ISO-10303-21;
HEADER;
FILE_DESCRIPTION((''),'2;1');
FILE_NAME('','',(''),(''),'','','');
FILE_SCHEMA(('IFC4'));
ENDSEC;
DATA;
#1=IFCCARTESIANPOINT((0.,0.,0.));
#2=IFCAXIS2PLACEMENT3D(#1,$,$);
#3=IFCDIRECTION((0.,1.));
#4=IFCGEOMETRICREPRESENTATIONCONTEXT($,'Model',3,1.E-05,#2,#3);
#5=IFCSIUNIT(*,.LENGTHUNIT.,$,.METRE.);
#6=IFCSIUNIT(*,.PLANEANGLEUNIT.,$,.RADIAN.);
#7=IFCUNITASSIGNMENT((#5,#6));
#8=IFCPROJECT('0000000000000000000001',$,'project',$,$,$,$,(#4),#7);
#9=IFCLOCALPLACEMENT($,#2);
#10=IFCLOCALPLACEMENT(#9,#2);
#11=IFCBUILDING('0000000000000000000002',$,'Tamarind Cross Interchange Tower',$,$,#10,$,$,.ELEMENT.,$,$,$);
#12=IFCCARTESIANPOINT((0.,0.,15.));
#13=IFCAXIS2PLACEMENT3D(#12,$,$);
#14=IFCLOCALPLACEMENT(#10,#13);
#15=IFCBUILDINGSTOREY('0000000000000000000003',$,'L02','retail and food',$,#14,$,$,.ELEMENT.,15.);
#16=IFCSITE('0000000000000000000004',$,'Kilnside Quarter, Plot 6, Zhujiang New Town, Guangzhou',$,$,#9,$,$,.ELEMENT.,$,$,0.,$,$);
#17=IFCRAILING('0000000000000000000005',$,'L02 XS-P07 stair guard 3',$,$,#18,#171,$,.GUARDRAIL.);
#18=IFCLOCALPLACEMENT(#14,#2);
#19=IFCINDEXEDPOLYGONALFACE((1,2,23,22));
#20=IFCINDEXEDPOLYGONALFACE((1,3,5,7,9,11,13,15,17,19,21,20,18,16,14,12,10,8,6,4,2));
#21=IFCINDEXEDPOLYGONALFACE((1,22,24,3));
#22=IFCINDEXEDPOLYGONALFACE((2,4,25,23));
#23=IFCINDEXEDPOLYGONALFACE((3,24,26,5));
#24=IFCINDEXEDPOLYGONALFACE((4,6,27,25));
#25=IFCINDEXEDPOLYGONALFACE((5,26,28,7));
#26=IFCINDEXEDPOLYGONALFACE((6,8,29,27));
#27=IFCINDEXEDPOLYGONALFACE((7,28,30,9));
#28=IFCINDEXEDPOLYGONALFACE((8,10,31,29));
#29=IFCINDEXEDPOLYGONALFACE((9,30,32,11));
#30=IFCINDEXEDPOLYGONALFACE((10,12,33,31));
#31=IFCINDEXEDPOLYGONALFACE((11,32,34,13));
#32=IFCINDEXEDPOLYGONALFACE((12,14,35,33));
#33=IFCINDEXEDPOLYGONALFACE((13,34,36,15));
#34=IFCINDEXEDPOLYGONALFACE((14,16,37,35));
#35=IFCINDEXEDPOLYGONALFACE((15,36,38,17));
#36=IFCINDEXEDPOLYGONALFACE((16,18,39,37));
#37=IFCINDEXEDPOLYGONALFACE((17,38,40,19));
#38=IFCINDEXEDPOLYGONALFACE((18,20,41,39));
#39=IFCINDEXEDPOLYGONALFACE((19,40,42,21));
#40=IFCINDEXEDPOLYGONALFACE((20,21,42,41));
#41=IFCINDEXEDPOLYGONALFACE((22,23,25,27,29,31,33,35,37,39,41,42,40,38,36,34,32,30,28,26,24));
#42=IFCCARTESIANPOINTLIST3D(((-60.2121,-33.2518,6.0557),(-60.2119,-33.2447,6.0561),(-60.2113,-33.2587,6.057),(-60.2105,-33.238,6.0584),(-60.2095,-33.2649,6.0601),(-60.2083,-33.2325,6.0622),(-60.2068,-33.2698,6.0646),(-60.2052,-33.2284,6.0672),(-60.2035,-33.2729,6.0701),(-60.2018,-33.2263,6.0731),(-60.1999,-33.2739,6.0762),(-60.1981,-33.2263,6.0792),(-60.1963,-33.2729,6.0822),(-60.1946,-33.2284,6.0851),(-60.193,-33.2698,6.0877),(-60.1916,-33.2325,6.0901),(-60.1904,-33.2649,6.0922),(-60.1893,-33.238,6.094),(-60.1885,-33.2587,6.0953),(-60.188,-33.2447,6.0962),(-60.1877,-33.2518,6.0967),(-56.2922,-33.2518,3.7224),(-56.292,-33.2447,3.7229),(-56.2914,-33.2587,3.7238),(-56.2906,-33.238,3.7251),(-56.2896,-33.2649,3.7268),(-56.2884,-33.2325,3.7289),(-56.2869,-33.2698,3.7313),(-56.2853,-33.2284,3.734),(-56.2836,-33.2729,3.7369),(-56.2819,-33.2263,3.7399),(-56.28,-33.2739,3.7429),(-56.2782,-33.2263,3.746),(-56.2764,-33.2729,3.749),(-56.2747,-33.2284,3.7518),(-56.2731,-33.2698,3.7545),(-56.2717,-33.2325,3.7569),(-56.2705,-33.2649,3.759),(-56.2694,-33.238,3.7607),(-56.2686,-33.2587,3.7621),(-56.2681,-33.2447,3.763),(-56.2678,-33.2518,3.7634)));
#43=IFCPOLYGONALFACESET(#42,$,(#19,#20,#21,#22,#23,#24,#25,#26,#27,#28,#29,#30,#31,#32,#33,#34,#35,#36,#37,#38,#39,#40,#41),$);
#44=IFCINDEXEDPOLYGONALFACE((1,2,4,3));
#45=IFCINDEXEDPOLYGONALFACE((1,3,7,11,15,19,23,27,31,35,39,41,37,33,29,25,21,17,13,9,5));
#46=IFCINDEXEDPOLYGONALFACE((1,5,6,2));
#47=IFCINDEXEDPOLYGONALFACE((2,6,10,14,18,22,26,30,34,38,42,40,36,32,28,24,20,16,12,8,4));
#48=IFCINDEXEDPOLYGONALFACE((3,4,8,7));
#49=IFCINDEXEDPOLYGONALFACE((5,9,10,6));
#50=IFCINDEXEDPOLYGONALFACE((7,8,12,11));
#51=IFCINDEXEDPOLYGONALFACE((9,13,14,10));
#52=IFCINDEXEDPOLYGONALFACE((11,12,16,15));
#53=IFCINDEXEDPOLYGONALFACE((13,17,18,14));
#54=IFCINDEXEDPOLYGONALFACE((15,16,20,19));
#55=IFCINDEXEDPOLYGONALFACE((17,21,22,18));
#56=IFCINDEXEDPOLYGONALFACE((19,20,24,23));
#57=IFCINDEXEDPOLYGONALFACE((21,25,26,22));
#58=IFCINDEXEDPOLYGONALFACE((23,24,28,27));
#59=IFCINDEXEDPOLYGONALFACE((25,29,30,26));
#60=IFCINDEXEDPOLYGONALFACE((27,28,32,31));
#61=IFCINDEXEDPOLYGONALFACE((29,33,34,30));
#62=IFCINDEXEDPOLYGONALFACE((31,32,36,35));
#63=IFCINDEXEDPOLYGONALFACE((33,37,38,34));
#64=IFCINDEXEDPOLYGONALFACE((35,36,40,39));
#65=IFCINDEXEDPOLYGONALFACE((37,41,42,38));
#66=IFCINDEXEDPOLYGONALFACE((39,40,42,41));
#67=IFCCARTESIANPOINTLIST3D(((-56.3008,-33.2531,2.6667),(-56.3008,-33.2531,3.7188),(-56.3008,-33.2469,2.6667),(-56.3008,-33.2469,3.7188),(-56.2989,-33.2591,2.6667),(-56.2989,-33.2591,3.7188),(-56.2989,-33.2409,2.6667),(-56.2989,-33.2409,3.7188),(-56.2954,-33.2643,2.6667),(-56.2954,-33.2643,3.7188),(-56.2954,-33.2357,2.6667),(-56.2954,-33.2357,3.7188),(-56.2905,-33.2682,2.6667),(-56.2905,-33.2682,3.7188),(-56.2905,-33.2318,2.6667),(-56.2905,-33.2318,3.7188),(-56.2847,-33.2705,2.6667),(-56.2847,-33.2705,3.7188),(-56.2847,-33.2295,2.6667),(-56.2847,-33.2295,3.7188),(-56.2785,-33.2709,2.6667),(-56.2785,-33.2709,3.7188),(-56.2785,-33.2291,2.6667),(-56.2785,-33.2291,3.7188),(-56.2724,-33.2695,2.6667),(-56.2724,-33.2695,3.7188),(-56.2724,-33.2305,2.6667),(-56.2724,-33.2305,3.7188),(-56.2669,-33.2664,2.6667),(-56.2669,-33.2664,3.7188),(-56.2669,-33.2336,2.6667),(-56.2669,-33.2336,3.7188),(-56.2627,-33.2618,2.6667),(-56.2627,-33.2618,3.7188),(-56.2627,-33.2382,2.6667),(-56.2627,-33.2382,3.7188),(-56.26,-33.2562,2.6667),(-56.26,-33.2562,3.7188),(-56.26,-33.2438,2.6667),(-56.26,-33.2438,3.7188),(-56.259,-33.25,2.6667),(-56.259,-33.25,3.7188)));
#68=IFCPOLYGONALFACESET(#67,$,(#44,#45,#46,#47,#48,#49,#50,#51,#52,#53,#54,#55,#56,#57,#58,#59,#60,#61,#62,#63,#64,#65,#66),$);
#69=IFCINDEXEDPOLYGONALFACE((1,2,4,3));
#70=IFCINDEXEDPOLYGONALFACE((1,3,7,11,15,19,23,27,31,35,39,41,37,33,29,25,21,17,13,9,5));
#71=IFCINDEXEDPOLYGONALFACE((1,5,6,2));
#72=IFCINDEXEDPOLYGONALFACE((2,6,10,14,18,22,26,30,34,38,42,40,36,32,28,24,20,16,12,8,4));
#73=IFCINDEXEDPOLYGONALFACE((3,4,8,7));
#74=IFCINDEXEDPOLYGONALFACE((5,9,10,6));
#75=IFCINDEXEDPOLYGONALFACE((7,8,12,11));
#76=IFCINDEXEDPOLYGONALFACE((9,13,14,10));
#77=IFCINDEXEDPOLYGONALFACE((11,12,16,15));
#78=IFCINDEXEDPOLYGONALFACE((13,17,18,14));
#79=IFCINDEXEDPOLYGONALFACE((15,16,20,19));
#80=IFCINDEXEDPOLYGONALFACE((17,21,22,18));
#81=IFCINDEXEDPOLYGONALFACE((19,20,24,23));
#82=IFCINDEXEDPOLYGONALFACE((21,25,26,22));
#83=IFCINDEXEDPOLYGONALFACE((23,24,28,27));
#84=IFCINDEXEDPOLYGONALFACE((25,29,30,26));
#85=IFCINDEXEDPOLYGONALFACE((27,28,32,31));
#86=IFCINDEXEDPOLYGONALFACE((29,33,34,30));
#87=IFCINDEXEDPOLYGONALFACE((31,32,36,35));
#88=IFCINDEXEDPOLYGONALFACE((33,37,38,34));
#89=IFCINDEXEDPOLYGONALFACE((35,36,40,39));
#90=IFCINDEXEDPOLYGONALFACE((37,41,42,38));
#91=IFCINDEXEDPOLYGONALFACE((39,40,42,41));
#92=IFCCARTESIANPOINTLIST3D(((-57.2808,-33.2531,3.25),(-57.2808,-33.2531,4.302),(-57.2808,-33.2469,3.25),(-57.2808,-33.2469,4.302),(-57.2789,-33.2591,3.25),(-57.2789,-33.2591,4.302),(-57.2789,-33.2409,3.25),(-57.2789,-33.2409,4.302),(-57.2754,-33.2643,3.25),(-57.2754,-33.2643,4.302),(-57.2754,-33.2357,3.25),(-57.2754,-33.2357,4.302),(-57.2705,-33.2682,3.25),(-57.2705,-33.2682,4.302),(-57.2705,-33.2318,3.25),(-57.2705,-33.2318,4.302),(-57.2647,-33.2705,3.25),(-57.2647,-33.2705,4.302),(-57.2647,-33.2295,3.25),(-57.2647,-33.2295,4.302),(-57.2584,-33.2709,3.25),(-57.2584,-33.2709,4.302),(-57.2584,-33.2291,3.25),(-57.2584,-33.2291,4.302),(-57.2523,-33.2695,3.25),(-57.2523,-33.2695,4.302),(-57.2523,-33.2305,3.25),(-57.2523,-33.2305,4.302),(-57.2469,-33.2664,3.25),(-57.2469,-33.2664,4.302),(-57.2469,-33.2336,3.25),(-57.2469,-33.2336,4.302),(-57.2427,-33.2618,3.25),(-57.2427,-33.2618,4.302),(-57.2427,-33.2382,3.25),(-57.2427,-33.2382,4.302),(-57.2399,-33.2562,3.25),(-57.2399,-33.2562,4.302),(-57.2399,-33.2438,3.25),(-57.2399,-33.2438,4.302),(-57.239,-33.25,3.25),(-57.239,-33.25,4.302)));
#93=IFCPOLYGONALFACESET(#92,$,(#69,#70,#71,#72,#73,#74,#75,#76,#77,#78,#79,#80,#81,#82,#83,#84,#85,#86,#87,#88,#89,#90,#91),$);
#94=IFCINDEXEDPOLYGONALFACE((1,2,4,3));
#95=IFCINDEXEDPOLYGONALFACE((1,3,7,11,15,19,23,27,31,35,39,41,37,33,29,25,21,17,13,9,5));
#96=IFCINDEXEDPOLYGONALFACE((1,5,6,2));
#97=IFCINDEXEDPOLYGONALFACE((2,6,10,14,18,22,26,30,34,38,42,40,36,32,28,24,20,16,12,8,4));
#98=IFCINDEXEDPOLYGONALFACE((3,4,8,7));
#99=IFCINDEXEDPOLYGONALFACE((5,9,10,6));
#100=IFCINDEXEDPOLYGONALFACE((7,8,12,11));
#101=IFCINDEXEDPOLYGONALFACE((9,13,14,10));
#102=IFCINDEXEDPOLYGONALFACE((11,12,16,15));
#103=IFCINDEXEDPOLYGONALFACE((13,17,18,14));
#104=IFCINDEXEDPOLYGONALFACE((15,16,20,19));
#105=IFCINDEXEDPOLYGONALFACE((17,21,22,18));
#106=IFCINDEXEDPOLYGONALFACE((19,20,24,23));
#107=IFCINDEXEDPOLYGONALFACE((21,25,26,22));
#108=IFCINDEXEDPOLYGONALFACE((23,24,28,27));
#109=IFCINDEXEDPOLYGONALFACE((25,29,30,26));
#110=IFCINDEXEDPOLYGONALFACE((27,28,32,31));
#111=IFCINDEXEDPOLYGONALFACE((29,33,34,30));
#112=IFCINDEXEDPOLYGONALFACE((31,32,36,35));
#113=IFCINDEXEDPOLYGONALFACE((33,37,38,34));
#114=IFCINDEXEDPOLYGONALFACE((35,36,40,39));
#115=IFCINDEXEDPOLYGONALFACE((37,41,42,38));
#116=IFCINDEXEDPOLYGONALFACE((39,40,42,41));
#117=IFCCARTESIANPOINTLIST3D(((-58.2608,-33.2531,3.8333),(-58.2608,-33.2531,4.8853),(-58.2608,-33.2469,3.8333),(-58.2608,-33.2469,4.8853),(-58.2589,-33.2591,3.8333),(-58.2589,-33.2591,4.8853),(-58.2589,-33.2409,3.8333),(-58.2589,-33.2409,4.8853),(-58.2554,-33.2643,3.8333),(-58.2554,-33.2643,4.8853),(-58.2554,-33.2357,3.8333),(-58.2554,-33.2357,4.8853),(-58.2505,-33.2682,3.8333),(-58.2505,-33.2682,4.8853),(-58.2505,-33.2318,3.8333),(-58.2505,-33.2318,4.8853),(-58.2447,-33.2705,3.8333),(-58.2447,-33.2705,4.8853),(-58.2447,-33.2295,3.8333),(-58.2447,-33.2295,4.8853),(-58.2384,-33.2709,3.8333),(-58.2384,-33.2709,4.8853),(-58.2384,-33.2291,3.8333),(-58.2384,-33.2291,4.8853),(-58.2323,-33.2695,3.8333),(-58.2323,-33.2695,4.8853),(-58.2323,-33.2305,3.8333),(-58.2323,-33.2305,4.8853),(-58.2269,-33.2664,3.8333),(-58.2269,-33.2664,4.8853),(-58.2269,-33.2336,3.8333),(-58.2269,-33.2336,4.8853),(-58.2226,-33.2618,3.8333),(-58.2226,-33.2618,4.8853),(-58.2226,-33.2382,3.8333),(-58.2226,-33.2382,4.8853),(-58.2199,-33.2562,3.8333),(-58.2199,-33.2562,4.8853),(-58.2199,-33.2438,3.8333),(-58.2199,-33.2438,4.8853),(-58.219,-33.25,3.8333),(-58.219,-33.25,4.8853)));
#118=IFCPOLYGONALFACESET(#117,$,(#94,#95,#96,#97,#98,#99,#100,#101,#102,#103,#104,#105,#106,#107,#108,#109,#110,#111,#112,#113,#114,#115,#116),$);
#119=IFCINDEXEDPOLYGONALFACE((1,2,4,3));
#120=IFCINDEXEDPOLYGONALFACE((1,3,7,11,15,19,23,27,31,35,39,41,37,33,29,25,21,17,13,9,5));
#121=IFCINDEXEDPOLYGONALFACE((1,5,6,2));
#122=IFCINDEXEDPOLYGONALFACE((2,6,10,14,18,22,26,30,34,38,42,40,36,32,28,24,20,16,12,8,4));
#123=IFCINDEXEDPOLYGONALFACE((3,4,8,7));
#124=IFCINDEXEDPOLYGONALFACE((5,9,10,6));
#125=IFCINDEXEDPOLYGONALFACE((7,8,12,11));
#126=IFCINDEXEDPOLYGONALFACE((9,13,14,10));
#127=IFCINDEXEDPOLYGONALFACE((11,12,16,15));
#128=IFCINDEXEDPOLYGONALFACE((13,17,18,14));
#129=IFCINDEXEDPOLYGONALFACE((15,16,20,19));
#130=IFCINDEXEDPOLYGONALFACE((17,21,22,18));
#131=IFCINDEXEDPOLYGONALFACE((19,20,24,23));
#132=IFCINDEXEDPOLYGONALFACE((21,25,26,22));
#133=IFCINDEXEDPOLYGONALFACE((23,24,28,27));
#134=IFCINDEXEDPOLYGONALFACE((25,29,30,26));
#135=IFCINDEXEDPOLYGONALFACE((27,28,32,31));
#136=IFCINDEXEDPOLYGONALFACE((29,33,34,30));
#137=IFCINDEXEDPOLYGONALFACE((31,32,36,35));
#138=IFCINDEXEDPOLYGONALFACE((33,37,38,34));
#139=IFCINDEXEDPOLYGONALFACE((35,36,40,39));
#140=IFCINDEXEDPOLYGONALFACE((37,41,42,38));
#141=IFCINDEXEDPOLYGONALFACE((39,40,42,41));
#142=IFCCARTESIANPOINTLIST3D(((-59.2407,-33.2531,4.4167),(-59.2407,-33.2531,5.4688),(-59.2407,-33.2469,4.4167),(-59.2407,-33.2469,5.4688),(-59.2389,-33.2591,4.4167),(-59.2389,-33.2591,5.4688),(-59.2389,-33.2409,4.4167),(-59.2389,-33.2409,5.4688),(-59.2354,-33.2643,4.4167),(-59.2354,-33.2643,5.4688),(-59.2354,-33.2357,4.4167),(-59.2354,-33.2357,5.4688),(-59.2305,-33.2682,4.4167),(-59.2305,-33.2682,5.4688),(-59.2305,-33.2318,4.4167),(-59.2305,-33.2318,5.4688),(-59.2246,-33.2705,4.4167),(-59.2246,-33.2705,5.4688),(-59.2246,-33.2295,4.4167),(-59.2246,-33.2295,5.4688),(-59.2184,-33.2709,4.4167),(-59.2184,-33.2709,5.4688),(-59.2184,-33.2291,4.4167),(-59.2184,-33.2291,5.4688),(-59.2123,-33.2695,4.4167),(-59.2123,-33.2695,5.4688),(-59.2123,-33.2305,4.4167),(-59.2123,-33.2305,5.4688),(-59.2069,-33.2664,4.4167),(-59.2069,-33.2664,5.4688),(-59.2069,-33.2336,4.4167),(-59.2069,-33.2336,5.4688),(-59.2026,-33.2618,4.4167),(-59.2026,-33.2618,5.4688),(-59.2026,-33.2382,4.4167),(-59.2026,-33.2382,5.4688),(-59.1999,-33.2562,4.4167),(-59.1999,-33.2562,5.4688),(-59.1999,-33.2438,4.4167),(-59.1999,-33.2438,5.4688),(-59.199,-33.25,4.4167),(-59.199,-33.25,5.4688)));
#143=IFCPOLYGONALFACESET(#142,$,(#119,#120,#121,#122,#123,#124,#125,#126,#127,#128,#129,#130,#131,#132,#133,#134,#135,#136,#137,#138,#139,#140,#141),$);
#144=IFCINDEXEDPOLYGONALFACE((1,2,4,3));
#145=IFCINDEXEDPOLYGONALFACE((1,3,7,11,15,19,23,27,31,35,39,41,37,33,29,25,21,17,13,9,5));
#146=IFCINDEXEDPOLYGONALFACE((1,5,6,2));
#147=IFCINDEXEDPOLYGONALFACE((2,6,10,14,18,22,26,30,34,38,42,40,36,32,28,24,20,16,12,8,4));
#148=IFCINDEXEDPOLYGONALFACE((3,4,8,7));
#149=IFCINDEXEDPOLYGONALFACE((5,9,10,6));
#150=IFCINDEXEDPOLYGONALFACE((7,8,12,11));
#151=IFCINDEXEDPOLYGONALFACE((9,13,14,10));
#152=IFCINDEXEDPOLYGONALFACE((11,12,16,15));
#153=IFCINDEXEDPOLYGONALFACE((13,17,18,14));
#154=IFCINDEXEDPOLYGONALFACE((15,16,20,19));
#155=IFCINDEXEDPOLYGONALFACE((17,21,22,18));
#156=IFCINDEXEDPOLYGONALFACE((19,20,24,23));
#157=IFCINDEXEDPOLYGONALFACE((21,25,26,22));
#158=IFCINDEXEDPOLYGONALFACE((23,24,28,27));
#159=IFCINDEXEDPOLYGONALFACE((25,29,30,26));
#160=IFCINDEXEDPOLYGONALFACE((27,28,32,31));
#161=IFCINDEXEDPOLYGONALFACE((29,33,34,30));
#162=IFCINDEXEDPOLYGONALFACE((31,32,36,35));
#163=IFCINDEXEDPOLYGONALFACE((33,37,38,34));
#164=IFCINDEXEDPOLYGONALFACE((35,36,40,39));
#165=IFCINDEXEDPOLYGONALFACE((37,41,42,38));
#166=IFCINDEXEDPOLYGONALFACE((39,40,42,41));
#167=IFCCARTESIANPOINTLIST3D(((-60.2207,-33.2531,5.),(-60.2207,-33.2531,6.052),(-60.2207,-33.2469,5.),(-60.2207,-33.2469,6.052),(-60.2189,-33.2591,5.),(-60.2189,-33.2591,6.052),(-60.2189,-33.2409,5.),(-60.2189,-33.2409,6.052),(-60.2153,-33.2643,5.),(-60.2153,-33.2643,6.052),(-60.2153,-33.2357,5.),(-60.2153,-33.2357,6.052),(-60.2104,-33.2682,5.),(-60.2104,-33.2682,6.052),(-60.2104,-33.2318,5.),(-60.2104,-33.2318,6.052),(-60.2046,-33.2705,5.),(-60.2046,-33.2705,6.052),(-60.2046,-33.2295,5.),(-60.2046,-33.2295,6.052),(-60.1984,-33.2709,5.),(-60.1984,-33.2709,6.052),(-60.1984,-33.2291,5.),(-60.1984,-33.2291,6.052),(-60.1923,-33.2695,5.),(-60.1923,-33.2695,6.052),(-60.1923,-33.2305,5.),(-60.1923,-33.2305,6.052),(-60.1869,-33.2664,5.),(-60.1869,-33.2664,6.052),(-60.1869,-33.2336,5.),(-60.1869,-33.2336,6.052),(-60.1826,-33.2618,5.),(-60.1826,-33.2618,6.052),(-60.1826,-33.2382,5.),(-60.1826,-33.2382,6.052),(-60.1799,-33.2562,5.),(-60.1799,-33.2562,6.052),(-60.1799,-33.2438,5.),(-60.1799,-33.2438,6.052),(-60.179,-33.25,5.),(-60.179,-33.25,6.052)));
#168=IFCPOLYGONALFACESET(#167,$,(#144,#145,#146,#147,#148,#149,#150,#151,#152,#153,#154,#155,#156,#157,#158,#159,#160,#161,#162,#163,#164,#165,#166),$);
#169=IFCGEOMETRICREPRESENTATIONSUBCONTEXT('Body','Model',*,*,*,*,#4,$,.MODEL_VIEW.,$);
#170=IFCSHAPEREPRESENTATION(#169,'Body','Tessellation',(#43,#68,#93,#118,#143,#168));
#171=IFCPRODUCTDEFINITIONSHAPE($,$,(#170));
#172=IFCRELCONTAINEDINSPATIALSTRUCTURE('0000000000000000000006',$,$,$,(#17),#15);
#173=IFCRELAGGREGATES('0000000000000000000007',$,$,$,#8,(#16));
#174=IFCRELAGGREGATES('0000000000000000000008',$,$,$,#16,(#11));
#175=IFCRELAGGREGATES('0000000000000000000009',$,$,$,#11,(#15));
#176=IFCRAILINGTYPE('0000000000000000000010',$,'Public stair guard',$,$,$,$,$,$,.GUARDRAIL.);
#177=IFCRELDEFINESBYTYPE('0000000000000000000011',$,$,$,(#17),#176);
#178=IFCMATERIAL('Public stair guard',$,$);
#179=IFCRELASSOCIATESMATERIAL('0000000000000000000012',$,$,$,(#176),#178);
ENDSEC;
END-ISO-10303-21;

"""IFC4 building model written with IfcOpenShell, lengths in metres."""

from ifc_helpers import new_model, si_unit, direction, frame, origin, origin_2d, place, context, subcontext, project, spatial, circle, extrude, material, type_object, element, save


model = new_model("IFC4")

# Units and contexts
model_context = context("Model", 3, precision=1e-05, world=origin(), true_north=direction((0.0, 1.0)))
body_context = subcontext(model_context, "Body", "Model", "MODEL_VIEW")
ifc_project = project(units=[si_unit("LENGTHUNIT", "METRE"), si_unit("PLANEANGLEUNIT", "RADIAN")], contexts=[model_context])

# Site, building, storey
site_placement = place(None, origin())
site = spatial("IfcSite", under=ifc_project, at=site_placement, Name="Kilnside Quarter, Plot 6, Zhujiang New Town, Guangzhou", CompositionType="ELEMENT", RefElevation=0.0)
building_placement = place(site_placement, origin())
building = spatial("IfcBuilding", under=site, at=building_placement, Name="Tamarind Cross Interchange Tower", CompositionType="ELEMENT")
storey_placement = place(building_placement, frame((0.0, 0.0, 15.0)))
storey = spatial("IfcBuildingStorey", under=building, at=storey_placement, Name="L02", Description="retail and food", CompositionType="ELEMENT", Elevation=15.0)

# Railing
ifc_material_1 = material(Name="Public stair guard")
railing_type_1 = type_object("IfcRailingType", Name="Public stair guard", PredefinedType="GUARDRAIL", material=ifc_material_1)
railing_1_placement = place(storey_placement, frame((-56.28, -33.25, 2.6667)))
element("IfcRailing", 1, at=railing_1_placement, inside=storey, type_object=railing_type_1, Name="L02 XS-P07 stair guard 3", PredefinedType="GUARDRAIL", context=body_context, shape_type="SweptSolid", body=[
    extrude(circle(Radius=0.0239, at=origin_2d()), frame((0.0, 0.0, 1.0762), z_axis=(-0.859296, 0.0, 0.511478), x_axis=(0.0, -1.0, 0.0)), (0.0, 0.0, 1.0), 4.5618),
    extrude(circle(Radius=0.021, at=origin_2d()), origin(), (0.0, 0.0, 1.0), 1.052),
    extrude(circle(Radius=0.021, at=origin_2d()), frame((-0.98, 0.0, 0.5833)), (0.0, 0.0, 1.0), 1.052),
    extrude(circle(Radius=0.021, at=origin_2d()), frame((-1.96, 0.0, 1.1665)), (0.0, 0.0, 1.0), 1.052),
    extrude(circle(Radius=0.021, at=origin_2d()), frame((-2.9399, 0.0, 1.75)), (0.0, 0.0, 1.0), 1.052),
    extrude(circle(Radius=0.021, at=origin_2d()), frame((-3.9199, 0.0, 2.3333)), (0.0, 0.0, 1.0), 1.052),
])

save(model, "model.ifc")
